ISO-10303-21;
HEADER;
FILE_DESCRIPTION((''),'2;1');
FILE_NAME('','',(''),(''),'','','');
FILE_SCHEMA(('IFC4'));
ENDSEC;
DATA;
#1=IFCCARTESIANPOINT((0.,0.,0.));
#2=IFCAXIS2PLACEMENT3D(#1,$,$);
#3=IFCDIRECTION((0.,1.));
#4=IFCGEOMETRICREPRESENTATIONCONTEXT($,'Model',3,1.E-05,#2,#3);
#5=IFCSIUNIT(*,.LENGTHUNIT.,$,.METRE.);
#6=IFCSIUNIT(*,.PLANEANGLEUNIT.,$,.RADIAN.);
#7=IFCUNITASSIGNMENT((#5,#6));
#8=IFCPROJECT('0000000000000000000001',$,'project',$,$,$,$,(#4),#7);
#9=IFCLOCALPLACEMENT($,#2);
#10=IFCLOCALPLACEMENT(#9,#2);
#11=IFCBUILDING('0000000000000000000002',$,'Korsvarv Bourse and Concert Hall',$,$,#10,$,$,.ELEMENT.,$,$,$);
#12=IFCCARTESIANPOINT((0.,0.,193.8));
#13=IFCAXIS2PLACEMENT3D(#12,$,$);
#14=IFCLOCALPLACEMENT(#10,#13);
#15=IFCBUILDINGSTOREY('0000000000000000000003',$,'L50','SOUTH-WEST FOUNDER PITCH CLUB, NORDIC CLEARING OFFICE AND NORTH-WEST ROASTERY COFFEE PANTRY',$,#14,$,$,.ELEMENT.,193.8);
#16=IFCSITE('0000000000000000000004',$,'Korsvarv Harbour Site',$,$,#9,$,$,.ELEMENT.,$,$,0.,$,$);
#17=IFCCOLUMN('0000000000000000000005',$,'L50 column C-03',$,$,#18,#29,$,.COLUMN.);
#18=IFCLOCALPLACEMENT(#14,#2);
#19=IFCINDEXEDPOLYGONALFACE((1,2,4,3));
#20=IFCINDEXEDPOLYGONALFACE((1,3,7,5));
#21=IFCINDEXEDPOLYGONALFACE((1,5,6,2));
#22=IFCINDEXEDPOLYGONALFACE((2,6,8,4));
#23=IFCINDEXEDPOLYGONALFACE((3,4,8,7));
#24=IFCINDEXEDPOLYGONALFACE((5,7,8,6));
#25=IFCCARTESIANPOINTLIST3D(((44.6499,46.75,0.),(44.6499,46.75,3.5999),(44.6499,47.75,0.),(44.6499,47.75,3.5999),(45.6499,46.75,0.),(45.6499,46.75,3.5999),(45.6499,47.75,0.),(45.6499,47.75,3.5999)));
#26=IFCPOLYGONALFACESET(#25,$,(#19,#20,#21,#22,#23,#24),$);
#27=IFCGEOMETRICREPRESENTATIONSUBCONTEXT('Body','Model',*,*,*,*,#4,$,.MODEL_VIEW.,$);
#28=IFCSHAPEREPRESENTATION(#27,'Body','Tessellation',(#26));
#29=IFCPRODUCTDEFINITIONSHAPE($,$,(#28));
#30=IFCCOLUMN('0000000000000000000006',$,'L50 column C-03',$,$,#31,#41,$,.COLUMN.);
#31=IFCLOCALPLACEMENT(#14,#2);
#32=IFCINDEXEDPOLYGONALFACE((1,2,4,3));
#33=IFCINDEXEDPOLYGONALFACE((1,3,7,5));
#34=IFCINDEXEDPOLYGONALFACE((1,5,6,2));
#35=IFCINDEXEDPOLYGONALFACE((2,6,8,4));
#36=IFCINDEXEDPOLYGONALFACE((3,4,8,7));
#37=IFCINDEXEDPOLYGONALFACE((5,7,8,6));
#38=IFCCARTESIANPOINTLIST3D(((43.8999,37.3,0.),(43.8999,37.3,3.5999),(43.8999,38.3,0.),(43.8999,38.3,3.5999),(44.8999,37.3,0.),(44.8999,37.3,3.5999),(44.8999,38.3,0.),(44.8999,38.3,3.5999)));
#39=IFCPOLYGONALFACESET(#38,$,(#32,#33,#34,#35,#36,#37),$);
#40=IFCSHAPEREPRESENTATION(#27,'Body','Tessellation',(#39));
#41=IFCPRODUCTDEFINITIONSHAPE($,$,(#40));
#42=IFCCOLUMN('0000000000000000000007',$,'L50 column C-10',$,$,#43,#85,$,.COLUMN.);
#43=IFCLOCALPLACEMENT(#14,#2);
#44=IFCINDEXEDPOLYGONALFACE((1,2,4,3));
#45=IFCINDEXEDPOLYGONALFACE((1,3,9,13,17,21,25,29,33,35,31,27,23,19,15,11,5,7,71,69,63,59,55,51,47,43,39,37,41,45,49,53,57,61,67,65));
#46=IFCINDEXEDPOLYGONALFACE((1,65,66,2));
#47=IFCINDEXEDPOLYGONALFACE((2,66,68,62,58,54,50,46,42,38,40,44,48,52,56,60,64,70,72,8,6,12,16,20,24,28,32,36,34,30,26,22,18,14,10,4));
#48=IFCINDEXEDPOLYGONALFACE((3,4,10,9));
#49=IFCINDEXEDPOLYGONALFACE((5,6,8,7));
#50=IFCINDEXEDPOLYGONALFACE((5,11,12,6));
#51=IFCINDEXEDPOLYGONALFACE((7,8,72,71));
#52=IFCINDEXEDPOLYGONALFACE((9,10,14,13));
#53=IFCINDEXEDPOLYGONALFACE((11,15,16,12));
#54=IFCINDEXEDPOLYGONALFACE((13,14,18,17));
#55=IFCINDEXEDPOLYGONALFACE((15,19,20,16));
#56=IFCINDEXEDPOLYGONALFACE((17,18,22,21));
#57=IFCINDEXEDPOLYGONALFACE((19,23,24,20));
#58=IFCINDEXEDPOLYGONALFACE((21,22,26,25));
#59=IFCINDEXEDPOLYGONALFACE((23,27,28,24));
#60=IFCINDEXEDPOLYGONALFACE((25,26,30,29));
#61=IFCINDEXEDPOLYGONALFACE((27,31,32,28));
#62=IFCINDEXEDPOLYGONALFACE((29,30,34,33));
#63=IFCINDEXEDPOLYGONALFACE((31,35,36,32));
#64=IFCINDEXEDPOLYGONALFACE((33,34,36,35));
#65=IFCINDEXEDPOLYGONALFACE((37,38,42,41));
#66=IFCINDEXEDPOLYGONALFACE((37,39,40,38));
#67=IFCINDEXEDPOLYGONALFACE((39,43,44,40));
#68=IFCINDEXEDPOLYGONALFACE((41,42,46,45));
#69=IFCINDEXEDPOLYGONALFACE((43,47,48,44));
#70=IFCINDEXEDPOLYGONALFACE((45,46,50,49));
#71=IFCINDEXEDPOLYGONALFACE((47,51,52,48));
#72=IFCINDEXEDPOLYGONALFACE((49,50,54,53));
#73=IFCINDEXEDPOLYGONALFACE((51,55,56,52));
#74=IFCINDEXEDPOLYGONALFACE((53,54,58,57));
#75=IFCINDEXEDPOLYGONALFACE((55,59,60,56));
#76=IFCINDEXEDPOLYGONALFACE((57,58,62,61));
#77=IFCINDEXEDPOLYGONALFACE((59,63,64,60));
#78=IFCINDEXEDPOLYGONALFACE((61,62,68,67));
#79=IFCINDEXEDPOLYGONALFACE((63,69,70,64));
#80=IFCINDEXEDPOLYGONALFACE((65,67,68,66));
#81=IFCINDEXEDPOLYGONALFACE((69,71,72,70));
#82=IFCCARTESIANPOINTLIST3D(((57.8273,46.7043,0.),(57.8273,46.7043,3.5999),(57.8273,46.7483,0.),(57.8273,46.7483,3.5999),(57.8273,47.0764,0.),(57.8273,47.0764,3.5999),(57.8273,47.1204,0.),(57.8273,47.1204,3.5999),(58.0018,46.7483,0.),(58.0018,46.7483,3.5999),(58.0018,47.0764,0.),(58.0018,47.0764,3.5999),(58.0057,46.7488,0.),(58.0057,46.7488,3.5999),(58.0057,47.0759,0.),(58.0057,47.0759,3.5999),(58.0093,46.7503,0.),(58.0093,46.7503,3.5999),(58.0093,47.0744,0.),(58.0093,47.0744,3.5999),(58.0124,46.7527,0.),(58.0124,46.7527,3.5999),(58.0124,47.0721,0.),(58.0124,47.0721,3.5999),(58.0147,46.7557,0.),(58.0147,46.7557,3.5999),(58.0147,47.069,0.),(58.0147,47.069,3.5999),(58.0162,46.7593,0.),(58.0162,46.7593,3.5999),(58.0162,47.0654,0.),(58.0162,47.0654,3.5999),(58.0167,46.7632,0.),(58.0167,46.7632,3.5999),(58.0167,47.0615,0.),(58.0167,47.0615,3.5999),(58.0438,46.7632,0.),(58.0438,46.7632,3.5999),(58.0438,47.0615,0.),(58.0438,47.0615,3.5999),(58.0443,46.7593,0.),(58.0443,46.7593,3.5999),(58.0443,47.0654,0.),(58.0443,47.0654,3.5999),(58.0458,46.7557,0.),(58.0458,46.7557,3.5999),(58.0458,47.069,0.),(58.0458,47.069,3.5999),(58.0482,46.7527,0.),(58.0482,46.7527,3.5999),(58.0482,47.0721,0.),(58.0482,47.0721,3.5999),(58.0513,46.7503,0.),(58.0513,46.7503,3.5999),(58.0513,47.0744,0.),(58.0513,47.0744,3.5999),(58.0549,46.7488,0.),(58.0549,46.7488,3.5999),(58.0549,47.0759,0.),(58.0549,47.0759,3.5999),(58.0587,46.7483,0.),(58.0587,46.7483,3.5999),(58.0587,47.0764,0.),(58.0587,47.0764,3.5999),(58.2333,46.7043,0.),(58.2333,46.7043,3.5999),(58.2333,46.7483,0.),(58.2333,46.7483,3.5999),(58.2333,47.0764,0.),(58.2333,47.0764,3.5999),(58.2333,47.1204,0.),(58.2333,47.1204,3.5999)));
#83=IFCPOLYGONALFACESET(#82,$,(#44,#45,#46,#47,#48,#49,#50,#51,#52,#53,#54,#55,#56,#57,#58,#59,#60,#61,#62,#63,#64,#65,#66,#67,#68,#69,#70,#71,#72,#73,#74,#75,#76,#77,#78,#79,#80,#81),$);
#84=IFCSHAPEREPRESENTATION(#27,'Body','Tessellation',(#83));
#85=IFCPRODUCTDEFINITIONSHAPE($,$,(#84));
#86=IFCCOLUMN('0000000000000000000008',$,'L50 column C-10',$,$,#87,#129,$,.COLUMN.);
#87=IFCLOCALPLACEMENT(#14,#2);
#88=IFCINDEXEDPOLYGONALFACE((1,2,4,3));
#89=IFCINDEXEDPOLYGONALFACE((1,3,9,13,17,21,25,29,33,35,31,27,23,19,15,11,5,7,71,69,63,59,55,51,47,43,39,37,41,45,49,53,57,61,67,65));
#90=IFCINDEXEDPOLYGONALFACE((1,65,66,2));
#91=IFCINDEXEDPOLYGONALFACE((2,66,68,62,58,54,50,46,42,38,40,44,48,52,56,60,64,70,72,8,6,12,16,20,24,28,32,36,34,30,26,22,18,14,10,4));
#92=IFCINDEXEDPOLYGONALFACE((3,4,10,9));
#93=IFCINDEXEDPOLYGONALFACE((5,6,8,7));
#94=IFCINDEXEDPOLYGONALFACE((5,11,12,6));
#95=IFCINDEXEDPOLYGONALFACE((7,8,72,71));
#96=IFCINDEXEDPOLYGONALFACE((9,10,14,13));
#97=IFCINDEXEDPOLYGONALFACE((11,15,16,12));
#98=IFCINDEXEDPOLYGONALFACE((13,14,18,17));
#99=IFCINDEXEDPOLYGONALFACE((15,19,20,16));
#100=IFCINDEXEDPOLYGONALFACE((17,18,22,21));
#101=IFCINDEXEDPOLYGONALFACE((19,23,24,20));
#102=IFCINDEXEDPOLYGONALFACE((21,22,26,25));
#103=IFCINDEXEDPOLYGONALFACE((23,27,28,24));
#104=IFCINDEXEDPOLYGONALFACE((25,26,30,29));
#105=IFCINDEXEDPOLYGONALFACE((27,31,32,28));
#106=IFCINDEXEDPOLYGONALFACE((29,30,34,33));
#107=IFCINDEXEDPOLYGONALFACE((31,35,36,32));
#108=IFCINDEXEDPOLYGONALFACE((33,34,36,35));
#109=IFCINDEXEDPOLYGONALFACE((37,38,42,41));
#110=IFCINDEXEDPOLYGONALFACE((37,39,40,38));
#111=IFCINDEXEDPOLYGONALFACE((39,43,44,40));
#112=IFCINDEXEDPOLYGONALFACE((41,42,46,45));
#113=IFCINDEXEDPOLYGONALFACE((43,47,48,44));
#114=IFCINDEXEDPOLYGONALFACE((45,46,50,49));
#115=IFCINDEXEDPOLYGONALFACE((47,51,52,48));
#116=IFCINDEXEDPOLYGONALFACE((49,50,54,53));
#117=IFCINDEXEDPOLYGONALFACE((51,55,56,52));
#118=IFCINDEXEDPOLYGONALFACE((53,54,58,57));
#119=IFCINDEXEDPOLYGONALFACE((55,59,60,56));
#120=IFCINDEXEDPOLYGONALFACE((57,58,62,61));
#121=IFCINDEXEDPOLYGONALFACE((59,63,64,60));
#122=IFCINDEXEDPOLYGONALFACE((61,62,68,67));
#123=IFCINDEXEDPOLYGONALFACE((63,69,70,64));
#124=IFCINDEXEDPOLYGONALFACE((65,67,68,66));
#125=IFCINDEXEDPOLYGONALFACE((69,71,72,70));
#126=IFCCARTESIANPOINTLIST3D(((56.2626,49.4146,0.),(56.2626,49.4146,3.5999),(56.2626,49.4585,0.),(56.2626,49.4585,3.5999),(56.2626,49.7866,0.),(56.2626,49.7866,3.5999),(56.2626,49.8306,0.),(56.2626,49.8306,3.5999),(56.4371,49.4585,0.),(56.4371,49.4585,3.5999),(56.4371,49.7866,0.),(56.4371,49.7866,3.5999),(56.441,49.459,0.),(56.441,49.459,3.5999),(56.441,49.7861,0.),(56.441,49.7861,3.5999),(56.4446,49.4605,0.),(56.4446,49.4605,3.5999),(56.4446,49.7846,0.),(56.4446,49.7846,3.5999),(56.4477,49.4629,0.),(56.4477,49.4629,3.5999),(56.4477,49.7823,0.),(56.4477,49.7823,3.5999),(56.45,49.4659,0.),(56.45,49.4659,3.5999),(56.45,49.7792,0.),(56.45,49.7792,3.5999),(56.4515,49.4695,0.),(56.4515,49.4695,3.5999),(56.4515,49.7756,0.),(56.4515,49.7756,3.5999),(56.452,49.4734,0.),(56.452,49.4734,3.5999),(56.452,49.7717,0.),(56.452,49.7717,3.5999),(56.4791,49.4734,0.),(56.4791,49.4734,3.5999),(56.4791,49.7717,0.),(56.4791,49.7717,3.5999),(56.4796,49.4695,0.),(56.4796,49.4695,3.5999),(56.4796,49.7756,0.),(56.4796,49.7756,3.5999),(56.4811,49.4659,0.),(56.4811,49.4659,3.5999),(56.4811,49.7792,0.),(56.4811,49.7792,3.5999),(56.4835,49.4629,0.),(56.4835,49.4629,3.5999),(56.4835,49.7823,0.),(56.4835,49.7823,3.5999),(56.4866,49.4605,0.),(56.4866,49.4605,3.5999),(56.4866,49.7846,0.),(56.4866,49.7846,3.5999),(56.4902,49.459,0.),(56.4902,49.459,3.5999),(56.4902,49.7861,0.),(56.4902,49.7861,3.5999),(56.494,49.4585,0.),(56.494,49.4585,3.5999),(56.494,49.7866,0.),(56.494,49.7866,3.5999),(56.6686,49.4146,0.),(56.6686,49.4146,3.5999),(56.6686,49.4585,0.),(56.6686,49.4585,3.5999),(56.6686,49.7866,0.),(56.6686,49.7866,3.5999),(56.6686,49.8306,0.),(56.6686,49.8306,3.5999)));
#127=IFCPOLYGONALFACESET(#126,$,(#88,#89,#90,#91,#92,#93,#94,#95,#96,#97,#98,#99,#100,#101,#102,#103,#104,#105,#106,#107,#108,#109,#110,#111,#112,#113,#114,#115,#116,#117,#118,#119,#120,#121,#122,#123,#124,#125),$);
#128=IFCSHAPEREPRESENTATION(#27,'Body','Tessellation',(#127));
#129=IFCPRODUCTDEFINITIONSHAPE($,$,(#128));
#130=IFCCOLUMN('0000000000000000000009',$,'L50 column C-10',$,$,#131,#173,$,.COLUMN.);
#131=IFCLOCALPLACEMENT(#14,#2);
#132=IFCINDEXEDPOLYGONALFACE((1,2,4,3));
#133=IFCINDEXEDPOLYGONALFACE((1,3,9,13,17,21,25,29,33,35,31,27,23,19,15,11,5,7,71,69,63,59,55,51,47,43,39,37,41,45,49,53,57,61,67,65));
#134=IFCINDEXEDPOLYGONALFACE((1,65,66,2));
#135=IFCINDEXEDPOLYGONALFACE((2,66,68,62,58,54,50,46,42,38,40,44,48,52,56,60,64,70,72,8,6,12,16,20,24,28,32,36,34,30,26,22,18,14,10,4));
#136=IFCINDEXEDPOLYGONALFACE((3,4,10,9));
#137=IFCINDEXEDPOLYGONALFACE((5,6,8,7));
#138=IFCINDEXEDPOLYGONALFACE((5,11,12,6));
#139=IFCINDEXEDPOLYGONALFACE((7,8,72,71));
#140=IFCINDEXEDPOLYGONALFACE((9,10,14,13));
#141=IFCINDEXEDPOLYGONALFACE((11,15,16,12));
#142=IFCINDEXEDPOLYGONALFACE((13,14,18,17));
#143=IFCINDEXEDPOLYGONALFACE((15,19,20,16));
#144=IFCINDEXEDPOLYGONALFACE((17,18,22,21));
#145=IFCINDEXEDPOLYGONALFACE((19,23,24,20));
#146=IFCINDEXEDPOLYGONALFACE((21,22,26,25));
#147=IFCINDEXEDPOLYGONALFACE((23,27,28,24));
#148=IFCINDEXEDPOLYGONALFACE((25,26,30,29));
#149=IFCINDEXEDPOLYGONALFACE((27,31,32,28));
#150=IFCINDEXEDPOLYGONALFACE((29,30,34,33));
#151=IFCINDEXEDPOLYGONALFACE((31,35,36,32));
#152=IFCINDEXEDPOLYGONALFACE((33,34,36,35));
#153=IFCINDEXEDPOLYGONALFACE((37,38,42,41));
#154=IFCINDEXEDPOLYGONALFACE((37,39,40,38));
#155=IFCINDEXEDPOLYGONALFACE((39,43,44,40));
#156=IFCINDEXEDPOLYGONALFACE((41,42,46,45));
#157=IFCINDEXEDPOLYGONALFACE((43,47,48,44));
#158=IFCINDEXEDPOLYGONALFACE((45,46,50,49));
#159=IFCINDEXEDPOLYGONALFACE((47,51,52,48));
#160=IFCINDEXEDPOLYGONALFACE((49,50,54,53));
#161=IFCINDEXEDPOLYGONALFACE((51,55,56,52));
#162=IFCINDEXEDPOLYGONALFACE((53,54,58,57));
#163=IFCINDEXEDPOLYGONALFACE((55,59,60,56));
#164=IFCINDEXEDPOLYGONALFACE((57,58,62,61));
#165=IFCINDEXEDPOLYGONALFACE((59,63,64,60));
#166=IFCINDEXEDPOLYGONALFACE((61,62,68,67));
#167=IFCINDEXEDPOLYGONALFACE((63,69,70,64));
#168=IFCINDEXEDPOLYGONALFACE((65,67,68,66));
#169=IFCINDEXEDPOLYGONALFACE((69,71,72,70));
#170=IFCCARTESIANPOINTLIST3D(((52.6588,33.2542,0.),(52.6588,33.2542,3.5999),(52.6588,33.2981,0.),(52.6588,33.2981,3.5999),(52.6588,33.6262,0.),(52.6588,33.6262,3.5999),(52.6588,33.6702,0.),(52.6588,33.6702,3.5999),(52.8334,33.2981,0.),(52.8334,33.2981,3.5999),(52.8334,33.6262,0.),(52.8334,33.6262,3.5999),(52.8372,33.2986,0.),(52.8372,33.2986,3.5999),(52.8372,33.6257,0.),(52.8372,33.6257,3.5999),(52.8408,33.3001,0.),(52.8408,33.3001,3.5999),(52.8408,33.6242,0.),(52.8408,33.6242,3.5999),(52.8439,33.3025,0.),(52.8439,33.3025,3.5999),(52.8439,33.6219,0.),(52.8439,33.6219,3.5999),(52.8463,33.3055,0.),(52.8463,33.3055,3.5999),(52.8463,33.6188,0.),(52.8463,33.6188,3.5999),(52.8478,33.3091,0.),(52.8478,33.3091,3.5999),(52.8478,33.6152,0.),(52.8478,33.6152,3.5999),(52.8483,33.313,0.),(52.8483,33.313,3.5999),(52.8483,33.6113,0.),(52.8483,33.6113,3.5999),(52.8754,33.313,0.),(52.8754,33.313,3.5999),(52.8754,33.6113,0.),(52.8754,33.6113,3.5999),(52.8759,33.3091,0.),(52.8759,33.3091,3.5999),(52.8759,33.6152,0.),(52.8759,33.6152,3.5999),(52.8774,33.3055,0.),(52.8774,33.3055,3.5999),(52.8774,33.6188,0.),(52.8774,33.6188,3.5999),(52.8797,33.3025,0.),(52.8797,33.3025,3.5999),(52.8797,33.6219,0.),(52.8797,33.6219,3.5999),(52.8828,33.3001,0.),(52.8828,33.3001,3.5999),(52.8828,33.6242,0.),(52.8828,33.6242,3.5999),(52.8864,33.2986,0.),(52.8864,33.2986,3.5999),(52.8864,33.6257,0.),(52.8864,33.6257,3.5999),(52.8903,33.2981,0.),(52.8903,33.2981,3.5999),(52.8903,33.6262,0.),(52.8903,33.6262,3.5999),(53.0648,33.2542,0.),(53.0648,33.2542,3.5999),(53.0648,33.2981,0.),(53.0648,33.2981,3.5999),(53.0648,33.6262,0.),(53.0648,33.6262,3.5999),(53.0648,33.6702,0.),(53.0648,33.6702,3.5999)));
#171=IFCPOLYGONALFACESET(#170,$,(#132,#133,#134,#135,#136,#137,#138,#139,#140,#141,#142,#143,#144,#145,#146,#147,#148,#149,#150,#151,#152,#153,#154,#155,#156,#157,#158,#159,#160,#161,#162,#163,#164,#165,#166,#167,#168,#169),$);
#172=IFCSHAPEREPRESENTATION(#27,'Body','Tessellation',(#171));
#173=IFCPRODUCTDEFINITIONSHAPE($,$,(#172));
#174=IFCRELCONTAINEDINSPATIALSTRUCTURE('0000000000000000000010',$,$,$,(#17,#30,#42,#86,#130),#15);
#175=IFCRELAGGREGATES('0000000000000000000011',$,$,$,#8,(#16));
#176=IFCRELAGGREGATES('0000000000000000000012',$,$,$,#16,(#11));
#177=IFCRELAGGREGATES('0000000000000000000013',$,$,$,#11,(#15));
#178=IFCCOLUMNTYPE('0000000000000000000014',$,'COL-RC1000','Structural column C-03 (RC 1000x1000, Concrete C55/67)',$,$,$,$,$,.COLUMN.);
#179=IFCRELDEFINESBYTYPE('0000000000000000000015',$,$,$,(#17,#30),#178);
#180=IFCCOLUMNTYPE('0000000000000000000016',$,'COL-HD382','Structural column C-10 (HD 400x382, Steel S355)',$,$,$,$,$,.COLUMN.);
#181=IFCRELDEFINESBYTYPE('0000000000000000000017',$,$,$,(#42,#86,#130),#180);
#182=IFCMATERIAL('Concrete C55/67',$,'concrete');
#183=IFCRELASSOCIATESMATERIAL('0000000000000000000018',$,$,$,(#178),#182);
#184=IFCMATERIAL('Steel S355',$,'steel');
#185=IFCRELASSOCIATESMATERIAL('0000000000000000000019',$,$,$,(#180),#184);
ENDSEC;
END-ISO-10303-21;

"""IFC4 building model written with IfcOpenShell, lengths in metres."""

from ifc_helpers import new_model, si_unit, direction, frame, origin, origin_2d, place, context, subcontext, project, spatial, rectangle, i_section, extrude, source, transform, mapped, material, material_profile, profile_set, type_object, element, save


model = new_model("IFC4")

# Units and contexts
model_context = context("Model", 3, precision=1e-05, world=origin(), true_north=direction((0.0, 1.0)))
body_context = subcontext(model_context, "Body", "Model", "MODEL_VIEW")
ifc_project = project(units=[si_unit("LENGTHUNIT", "METRE"), si_unit("PLANEANGLEUNIT", "RADIAN")], contexts=[model_context])

# Site, building, storey
site_placement = place(None, origin())
site = spatial("IfcSite", under=ifc_project, at=site_placement, Name="Korsvarv Harbour Site", CompositionType="ELEMENT", RefElevation=0.0)
building_placement = place(site_placement, origin())
building = spatial("IfcBuilding", under=site, at=building_placement, Name="Korsvarv Bourse and Concert Hall", CompositionType="ELEMENT")
storey_placement = place(building_placement, frame((0.0, 0.0, 193.8)))
storey = spatial("IfcBuildingStorey", under=building, at=storey_placement, Name="L50", Description="SOUTH-WEST FOUNDER PITCH CLUB, NORDIC CLEARING OFFICE AND NORTH-WEST ROASTERY COFFEE PANTRY", CompositionType="ELEMENT", Elevation=193.8)

# Columns
ifc_material_1 = material(Name="Concrete C55/67", Category="concrete")
ifc_material_profile_1 = material_profile(ifc_material_1, rectangle(XDim=1.0, YDim=1.0, at=origin_2d()), Name="RC 1000x1000")
ifc_profile_set_1 = profile_set([ifc_material_profile_1], Name="Concrete C55/67")
column_type_1 = type_object("IfcColumnType", Name="COL-RC1000", Description="Structural column C-03 (RC 1000x1000, Concrete C55/67)", PredefinedType="COLUMN", material=ifc_profile_set_1)
shared_shape_1 = source(origin(), body_context, "Body", "SweptSolid", [
    extrude(rectangle(XDim=1.0, YDim=1.0, at=origin_2d()), origin(), (0.0, 0.0, 1.0), 3.5999),
])
for number, where, z_axis, x_axis, name in (
    (1, (45.1499, 47.25, 0.0), (0.0, 0.0, 1.0), (1.0, 0.0, 0.0), "L50 column C-03"),
    (2, (44.3999, 37.8, 0.0), (0.0, 0.0, 1.0), (1.0, 0.0, 0.0), "L50 column C-03"),
):
    element("IfcColumn", number, at=place(storey_placement, frame(where, z_axis=z_axis, x_axis=x_axis)), inside=storey, type_object=column_type_1, Name=name, PredefinedType="COLUMN", context=body_context, shape_type="MappedRepresentation", body=[
        mapped(shared_shape_1, transform((0.0, 0.0, 0.0), scale=1.0)),
    ])
ifc_material_2 = material(Name="Steel S355", Category="steel")
ifc_material_profile_2 = material_profile(ifc_material_2, i_section(OverallWidth=0.406, OverallDepth=0.416, WebThickness=0.0271, FlangeThickness=0.0439, FilletRadius=0.0149, at=origin_2d()), Name="HD 400x382")
ifc_profile_set_2 = profile_set([ifc_material_profile_2], Name="Steel S355")
column_type_2 = type_object("IfcColumnType", Name="COL-HD382", Description="Structural column C-10 (HD 400x382, Steel S355)", PredefinedType="COLUMN", material=ifc_profile_set_2)
shared_shape_2 = source(origin(), body_context, "Body", "SweptSolid", [
    extrude(i_section(OverallWidth=0.406, OverallDepth=0.416, WebThickness=0.0271, FlangeThickness=0.0439, FilletRadius=0.0149, at=origin_2d()), origin(), (0.0, 0.0, 1.0), 3.5999),
])
for number, where, z_axis, x_axis, name in (
    (3, (58.0303, 46.9124, 0.0), (0.0, 0.0, 1.0), (1.0, 0.0, 0.0), "L50 column C-10"),
    (4, (56.4656, 49.6226, 0.0), (0.0, 0.0, 1.0), (1.0, 0.0, 0.0), "L50 column C-10"),
    (5, (52.8618, 33.4622, 0.0), (0.0, 0.0, 1.0), (1.0, 0.0, 0.0), "L50 column C-10"),
):
    element("IfcColumn", number, at=place(storey_placement, frame(where, z_axis=z_axis, x_axis=x_axis)), inside=storey, type_object=column_type_2, Name=name, PredefinedType="COLUMN", context=body_context, shape_type="MappedRepresentation", body=[
        mapped(shared_shape_2, transform((0.0, 0.0, 0.0), scale=1.0)),
    ])

save(model, "model.ifc")
